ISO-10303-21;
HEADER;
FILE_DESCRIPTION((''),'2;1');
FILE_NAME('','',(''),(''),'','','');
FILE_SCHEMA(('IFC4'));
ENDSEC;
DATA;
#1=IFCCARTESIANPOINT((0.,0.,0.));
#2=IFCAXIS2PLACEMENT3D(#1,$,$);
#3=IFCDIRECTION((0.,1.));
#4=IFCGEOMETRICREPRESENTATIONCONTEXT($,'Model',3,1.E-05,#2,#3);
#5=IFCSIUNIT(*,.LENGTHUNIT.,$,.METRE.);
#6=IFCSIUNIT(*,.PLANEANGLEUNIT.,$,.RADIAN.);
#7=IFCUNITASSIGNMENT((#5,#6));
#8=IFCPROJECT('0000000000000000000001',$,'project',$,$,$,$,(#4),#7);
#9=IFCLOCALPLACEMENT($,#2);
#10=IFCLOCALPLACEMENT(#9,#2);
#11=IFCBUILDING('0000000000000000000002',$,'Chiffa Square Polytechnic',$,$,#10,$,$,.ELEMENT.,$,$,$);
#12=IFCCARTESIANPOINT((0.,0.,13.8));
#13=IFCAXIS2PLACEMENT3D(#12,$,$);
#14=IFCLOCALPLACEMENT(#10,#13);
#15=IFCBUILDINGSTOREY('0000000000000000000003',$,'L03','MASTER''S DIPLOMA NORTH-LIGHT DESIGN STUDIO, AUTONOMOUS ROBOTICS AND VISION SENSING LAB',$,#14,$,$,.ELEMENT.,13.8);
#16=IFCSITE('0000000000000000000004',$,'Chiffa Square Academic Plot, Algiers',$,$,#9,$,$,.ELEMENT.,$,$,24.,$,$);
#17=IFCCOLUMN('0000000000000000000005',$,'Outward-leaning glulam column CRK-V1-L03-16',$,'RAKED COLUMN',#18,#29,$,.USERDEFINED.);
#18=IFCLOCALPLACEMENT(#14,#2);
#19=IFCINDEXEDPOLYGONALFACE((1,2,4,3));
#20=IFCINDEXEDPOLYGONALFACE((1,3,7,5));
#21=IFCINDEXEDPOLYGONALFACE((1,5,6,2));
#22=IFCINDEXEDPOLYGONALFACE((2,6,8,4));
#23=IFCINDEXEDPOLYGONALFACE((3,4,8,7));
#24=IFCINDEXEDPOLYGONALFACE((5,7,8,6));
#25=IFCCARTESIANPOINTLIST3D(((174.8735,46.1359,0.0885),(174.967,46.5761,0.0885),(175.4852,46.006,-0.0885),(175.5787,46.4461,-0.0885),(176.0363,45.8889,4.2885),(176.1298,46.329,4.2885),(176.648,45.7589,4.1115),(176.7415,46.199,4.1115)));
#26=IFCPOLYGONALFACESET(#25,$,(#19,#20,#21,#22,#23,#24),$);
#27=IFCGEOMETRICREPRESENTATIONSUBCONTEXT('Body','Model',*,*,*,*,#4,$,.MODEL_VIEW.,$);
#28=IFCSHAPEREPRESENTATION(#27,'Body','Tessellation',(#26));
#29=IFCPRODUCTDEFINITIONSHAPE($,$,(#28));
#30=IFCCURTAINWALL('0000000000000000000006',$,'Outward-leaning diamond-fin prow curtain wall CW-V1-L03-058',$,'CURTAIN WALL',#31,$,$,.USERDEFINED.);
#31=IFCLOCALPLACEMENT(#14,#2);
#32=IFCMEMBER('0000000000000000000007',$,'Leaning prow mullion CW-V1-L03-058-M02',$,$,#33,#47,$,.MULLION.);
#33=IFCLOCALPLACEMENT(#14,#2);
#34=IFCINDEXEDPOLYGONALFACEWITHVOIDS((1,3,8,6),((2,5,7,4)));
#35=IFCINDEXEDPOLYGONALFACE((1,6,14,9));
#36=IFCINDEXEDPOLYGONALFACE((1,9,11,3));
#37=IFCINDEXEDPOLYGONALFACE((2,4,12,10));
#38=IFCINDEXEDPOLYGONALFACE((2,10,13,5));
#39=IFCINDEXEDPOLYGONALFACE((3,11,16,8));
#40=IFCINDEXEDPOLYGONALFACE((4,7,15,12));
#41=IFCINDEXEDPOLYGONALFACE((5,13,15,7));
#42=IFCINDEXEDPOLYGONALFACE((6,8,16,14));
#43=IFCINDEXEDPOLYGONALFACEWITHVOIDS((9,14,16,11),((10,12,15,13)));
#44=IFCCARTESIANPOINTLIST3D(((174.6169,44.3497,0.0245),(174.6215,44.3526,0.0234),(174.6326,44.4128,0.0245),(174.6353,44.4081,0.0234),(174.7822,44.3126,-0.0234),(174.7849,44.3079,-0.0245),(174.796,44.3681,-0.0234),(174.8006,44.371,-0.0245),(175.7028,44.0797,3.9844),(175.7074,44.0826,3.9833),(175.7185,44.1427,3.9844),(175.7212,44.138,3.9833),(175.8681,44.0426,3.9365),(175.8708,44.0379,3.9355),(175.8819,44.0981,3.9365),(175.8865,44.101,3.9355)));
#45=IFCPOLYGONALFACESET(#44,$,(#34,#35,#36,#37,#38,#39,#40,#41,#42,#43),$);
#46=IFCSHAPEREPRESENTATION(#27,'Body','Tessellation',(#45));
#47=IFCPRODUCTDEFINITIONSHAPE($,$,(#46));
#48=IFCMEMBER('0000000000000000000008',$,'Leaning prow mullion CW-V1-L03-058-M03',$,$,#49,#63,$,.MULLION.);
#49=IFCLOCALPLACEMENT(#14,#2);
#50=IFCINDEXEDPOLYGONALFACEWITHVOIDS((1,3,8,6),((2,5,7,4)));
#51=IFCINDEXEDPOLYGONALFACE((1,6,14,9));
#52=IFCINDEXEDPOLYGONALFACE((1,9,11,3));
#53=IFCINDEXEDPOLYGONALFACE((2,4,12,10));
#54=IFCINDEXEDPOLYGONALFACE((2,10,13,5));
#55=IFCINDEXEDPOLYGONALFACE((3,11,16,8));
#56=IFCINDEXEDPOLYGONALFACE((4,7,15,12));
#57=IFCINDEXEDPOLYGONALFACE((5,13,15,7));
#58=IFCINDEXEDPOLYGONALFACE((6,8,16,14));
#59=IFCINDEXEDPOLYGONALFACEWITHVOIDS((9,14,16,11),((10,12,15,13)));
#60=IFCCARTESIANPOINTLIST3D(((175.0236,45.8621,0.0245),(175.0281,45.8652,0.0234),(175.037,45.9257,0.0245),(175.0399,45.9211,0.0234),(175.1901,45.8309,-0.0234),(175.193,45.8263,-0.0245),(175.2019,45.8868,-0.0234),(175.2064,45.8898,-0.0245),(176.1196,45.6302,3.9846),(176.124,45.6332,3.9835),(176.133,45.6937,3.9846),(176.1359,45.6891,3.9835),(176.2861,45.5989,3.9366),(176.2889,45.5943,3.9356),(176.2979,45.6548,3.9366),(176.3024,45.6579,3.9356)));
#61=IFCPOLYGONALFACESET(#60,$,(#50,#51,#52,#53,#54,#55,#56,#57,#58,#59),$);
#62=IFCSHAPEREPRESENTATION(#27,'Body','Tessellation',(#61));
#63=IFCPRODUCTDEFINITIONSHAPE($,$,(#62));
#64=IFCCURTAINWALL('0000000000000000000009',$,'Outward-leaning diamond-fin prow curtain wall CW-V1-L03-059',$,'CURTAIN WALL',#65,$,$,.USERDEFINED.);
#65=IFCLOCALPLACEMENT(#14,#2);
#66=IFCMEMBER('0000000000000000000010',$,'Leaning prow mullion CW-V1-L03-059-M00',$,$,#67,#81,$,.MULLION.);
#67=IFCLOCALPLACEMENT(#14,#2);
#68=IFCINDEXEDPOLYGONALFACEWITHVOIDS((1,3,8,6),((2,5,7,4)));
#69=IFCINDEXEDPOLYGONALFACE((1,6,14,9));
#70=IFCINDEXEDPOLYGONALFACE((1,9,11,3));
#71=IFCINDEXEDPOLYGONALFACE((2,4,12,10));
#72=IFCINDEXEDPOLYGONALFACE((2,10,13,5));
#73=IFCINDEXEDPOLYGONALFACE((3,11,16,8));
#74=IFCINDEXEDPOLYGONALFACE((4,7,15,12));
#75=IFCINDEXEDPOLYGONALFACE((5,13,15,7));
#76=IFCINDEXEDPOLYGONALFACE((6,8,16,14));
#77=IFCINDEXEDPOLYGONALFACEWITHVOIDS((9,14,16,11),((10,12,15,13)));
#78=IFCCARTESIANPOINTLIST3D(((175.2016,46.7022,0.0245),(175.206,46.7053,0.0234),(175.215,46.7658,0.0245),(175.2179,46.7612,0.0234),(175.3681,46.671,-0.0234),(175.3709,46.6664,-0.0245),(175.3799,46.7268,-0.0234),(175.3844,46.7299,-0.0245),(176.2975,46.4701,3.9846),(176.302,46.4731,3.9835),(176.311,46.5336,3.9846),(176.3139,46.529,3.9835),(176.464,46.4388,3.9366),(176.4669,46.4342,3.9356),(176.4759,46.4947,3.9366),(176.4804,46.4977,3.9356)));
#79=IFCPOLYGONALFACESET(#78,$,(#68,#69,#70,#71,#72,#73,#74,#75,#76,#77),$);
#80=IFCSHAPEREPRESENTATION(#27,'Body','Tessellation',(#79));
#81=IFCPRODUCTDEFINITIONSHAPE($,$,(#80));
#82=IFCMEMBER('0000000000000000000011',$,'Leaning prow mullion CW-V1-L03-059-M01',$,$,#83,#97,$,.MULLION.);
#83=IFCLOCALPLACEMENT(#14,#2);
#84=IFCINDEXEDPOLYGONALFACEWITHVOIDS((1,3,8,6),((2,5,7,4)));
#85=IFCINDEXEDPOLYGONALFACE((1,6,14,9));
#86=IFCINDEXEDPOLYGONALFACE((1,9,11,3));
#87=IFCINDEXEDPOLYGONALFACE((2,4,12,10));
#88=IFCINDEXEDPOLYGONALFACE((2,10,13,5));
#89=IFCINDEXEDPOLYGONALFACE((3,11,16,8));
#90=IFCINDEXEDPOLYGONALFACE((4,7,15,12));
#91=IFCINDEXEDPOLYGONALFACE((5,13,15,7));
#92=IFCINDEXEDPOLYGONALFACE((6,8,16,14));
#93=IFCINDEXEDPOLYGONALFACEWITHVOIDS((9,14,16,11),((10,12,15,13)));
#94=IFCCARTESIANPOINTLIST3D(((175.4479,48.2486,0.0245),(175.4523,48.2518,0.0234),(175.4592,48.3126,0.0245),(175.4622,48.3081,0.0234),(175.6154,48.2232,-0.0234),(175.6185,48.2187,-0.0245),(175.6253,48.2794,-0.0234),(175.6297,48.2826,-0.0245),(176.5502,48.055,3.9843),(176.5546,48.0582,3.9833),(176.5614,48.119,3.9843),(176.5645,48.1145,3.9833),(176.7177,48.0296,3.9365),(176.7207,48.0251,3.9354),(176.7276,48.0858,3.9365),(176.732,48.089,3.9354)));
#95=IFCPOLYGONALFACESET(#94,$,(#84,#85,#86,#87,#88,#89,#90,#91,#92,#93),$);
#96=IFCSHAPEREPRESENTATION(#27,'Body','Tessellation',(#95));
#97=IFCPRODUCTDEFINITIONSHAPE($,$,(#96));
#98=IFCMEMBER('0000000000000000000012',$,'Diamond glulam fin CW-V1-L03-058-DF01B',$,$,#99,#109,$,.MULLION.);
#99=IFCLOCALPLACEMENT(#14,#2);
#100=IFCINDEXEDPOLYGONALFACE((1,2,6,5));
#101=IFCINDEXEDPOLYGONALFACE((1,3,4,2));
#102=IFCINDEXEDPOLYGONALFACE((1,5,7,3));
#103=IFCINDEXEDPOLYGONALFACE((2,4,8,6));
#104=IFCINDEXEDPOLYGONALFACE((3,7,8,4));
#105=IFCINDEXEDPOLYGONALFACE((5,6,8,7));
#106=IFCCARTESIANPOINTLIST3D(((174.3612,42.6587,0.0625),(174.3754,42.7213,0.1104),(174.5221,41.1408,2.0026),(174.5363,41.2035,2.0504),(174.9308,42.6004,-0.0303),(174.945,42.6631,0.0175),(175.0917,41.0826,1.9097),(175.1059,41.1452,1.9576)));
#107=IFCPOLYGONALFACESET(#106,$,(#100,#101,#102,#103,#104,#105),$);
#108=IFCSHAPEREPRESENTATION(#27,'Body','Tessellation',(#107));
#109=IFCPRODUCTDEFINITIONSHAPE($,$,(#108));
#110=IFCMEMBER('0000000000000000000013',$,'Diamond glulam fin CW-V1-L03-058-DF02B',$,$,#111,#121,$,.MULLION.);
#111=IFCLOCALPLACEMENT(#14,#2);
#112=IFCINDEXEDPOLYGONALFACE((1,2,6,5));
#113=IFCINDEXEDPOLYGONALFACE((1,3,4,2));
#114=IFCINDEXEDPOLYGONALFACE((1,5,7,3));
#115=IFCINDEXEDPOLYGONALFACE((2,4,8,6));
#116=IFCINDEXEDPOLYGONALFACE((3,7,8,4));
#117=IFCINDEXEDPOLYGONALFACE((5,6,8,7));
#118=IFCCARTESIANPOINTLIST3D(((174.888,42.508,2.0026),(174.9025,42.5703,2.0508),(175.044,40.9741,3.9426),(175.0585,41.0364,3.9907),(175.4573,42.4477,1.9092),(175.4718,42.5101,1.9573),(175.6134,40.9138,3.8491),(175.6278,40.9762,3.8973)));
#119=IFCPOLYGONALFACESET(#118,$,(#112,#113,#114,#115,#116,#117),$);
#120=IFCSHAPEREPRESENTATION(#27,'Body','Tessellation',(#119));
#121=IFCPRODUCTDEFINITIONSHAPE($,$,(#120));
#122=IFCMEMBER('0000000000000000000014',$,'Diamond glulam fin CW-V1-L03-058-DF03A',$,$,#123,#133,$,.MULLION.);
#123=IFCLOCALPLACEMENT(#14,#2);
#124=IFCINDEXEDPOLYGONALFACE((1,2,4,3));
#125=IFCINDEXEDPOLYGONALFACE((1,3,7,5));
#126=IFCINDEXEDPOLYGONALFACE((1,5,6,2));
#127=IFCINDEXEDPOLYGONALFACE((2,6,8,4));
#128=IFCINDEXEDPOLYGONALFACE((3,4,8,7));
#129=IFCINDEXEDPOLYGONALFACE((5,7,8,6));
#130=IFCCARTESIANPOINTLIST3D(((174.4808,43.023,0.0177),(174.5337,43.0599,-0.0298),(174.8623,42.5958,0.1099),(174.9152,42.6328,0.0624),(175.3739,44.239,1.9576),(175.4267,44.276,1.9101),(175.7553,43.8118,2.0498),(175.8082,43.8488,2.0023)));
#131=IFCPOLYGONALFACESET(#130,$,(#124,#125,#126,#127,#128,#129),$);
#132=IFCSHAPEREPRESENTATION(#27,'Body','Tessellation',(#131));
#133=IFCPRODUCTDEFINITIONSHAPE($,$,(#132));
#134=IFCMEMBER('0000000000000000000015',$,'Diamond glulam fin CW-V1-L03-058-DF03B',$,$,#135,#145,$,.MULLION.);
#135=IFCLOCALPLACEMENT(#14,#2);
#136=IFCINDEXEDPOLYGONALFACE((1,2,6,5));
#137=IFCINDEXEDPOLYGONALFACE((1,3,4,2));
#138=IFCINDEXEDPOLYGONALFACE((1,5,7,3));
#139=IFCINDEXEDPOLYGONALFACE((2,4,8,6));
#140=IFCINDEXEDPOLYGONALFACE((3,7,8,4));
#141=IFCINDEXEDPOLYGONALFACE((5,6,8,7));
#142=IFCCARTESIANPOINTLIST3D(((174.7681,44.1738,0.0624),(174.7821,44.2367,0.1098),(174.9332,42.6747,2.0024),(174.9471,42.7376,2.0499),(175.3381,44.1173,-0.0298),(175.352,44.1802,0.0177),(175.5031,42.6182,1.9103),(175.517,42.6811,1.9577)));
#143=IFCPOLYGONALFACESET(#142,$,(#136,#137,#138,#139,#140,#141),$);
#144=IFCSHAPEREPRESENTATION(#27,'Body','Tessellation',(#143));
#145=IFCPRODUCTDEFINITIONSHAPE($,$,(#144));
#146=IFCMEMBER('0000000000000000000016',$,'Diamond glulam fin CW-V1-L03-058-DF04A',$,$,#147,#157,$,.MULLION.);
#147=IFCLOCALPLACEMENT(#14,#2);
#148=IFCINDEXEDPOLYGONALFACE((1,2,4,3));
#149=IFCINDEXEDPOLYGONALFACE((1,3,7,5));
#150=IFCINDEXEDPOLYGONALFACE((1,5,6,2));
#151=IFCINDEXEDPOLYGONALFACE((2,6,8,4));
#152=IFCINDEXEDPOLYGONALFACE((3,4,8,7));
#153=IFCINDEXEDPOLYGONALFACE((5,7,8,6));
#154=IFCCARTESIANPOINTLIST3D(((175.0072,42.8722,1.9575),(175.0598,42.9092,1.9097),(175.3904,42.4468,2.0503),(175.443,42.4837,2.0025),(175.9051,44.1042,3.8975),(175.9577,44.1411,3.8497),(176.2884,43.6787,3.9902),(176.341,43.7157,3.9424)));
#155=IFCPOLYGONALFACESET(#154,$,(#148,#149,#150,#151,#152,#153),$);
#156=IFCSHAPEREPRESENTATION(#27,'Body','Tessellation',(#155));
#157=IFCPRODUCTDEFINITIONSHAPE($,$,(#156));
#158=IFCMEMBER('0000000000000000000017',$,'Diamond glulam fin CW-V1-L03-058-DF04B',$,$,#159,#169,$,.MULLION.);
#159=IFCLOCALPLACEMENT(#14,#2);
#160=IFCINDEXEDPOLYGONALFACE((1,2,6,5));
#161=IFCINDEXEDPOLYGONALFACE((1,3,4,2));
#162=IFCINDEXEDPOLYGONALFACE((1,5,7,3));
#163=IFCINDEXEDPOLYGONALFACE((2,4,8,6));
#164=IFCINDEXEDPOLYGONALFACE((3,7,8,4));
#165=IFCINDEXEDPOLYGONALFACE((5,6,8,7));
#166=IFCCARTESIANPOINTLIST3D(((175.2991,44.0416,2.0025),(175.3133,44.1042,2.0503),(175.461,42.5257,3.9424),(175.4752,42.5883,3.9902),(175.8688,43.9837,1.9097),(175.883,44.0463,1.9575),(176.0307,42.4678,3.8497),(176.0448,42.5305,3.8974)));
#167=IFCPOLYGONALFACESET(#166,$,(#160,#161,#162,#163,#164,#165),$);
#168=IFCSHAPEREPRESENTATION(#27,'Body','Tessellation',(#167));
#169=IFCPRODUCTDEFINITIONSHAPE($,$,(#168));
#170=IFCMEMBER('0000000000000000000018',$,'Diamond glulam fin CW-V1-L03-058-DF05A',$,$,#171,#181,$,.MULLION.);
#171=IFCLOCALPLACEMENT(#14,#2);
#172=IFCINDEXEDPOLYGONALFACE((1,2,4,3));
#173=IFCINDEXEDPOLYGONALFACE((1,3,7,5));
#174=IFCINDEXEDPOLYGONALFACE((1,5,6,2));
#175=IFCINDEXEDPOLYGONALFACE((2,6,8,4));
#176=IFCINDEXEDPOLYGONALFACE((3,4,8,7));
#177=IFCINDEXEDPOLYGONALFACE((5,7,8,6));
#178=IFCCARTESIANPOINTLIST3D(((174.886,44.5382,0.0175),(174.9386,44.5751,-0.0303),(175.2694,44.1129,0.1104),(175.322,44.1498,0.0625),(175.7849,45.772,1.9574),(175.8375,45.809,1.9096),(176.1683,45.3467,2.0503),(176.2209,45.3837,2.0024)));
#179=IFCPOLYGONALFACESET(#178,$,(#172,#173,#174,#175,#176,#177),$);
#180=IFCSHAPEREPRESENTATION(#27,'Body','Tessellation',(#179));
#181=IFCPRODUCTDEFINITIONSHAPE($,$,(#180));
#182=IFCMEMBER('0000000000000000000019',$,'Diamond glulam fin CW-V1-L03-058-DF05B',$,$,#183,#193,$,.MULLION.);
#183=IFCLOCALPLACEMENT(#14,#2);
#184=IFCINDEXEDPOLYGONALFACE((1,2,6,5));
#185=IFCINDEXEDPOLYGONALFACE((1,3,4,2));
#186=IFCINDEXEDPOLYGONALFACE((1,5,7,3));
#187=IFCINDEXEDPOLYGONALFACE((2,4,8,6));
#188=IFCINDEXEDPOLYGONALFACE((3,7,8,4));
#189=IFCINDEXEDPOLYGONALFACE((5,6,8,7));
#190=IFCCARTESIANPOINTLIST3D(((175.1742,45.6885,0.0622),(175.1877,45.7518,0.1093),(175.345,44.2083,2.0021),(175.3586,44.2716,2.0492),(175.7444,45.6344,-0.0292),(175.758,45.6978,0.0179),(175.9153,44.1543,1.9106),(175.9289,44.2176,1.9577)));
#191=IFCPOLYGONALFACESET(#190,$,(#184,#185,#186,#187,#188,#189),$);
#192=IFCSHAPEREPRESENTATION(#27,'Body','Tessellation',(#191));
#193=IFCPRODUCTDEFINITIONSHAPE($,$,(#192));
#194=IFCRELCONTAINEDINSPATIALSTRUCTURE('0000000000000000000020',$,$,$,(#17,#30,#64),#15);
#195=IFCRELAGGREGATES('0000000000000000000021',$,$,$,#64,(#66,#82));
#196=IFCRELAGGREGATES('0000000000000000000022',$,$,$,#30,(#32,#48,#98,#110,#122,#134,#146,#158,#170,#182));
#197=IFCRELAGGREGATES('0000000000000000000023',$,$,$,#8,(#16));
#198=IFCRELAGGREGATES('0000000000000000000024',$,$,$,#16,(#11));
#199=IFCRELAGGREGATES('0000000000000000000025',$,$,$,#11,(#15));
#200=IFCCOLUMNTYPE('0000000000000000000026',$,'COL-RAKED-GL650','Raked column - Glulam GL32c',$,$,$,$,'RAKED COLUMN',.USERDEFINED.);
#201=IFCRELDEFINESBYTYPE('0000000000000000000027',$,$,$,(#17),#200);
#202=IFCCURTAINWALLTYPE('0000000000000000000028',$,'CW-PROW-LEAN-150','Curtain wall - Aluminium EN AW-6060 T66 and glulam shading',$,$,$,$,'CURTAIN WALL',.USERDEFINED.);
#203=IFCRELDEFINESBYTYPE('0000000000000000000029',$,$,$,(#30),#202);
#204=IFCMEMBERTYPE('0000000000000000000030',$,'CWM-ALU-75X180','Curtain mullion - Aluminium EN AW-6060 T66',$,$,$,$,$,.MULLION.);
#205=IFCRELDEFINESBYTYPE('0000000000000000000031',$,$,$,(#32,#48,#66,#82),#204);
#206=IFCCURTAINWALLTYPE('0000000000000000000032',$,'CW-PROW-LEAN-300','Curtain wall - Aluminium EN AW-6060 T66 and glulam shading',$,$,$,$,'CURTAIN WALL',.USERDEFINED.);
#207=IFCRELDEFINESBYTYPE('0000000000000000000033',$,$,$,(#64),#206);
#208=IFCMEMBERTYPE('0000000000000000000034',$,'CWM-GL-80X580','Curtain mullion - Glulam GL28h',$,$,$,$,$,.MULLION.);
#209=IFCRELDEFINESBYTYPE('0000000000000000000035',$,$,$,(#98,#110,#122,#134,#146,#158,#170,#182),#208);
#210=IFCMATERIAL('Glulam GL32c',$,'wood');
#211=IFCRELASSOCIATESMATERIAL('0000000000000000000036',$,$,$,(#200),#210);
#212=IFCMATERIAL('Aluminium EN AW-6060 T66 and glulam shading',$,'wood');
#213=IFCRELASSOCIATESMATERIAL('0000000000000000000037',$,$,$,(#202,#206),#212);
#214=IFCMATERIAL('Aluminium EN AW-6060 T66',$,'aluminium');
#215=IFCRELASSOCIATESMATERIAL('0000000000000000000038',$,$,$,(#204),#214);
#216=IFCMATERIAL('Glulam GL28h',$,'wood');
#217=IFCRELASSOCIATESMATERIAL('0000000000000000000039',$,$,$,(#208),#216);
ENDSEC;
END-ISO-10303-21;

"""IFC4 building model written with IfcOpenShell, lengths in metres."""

from ifc_helpers import new_model, si_unit, direction, frame, origin, origin_2d, place, context, subcontext, project, spatial, rectangle, hollow_rectangle, extrude, material, material_profile, profile_set, type_object, element, aggregate, save


model = new_model("IFC4")

# Units and contexts
model_context = context("Model", 3, precision=1e-05, world=origin(), true_north=direction((0.0, 1.0)))
body_context = subcontext(model_context, "Body", "Model", "MODEL_VIEW")
ifc_project = project(units=[si_unit("LENGTHUNIT", "METRE"), si_unit("PLANEANGLEUNIT", "RADIAN")], contexts=[model_context])

# Site, building, storey
site_placement = place(None, origin())
site = spatial("IfcSite", under=ifc_project, at=site_placement, Name="Chiffa Square Academic Plot, Algiers", CompositionType="ELEMENT", RefElevation=24.0)
building_placement = place(site_placement, origin())
building = spatial("IfcBuilding", under=site, at=building_placement, Name="Chiffa Square Polytechnic", CompositionType="ELEMENT")
storey_placement = place(building_placement, frame((0.0, 0.0, 13.8)))
storey = spatial("IfcBuildingStorey", under=building, at=storey_placement, Name="L03", Description="MASTER'S DIPLOMA NORTH-LIGHT DESIGN STUDIO, AUTONOMOUS ROBOTICS AND VISION SENSING LAB", CompositionType="ELEMENT", Elevation=13.8)

# Column
ifc_material_1 = material(Name="Glulam GL32c", Category="wood")
ifc_material_profile_1 = material_profile(ifc_material_1, rectangle(XDim=0.45, YDim=0.6499, at=origin_2d()), Name="GL32c 450x650")
ifc_profile_set_1 = profile_set([ifc_material_profile_1], Name="Glulam GL32c")
column_type = type_object("IfcColumnType", Name="COL-RAKED-GL650", Description="Raked column - Glulam GL32c", ElementType="RAKED COLUMN", PredefinedType="USERDEFINED", material=ifc_profile_set_1)
column_placement = place(storey_placement, frame((175.2261, 46.291, 0.0), z_axis=(0.266404, -0.056603, 0.962198), x_axis=(0.207832, 0.978165, 0.0)))
element("IfcColumn", 1, at=column_placement, inside=storey, type_object=column_type, Name="Outward-leaning glulam column CRK-V1-L03-16", ObjectType="RAKED COLUMN", PredefinedType="USERDEFINED", context=body_context, shape_type="SweptSolid", body=[
    extrude(rectangle(XDim=0.45, YDim=0.6499, at=origin_2d()), origin(), (0.0, 0.0, 1.0), 4.365),
])

# Curtain walls, members
ifc_material_2 = material(Name="Aluminium EN AW-6060 T66 and glulam shading", Category="wood")
curtain_wall_type_1 = type_object("IfcCurtainWallType", Name="CW-PROW-LEAN-150", Description="Curtain wall - Aluminium EN AW-6060 T66 and glulam shading", ElementType="CURTAIN WALL", PredefinedType="USERDEFINED", material=ifc_material_2)
curtain_wall_1_placement = place(storey_placement, origin())
curtain_wall_1 = element("IfcCurtainWall", 2, at=curtain_wall_1_placement, inside=storey, type_object=curtain_wall_type_1, Name="Outward-leaning diamond-fin prow curtain wall CW-V1-L03-058", ObjectType="CURTAIN WALL", PredefinedType="USERDEFINED")
ifc_material_3 = material(Name="Aluminium EN AW-6060 T66", Category="aluminium")
ifc_material_profile_2 = material_profile(ifc_material_3, hollow_rectangle(XDim=0.0649, YDim=0.1799, WallThickness=0.0039, at=origin_2d()), Name="ALU 65x180x4")
ifc_profile_set_2 = profile_set([ifc_material_profile_2], Name="Aluminium EN AW-6060 T66")
member_type_1 = type_object("IfcMemberType", Name="CWM-ALU-75X180", Description="Curtain mullion - Aluminium EN AW-6060 T66", PredefinedType="MULLION", material=ifc_profile_set_2)
member_1_placement = place(storey_placement, frame((174.7087, 44.3604, 0.0), z_axis=(0.263895, -0.065618, 0.962317), x_axis=(0.241303, 0.97045, 0.0)))
member_1 = element("IfcMember", 3, at=member_1_placement, type_object=member_type_1, Name="Leaning prow mullion CW-V1-L03-058-M02", PredefinedType="MULLION", context=body_context, shape_type="SweptSolid", body=[
    extrude(hollow_rectangle(XDim=0.0649, YDim=0.1799, WallThickness=0.0039, at=origin_2d()), origin(), (0.0, 0.0, 1.0), 4.115),
])
member_2_placement = place(storey_placement, frame((175.115, 45.876, 0.0), z_axis=(0.266307, -0.056358, 0.962239), x_axis=(0.207043, 0.978332, 0.0)))
member_2 = element("IfcMember", 4, at=member_2_placement, type_object=member_type_1, Name="Leaning prow mullion CW-V1-L03-058-M03", PredefinedType="MULLION", context=body_context, shape_type="SweptSolid", body=[
    extrude(hollow_rectangle(XDim=0.0649, YDim=0.1799, WallThickness=0.0039, at=origin_2d()), origin(), (0.0, 0.0, 1.0), 4.1155),
])
curtain_wall_type_2 = type_object("IfcCurtainWallType", Name="CW-PROW-LEAN-300", Description="Curtain wall - Aluminium EN AW-6060 T66 and glulam shading", ElementType="CURTAIN WALL", PredefinedType="USERDEFINED", material=ifc_material_2)
curtain_wall_2_placement = place(storey_placement, origin())
curtain_wall_2 = element("IfcCurtainWall", 5, at=curtain_wall_2_placement, inside=storey, type_object=curtain_wall_type_2, Name="Outward-leaning diamond-fin prow curtain wall CW-V1-L03-059", ObjectType="CURTAIN WALL", PredefinedType="USERDEFINED")
member_3_placement = place(storey_placement, frame((175.293, 46.7161, 0.0), z_axis=(0.266306, -0.056417, 0.962236), x_axis=(0.207251, 0.978288, 0.0)))
member_3 = element("IfcMember", 6, at=member_3_placement, type_object=member_type_1, Name="Leaning prow mullion CW-V1-L03-059-M00", PredefinedType="MULLION", context=body_context, shape_type="SweptSolid", body=[
    extrude(hollow_rectangle(XDim=0.0649, YDim=0.1799, WallThickness=0.0039, at=origin_2d()), origin(), (0.0, 0.0, 1.0), 4.1155),
])
member_4_placement = place(storey_placement, frame((175.5388, 48.2656, 0.0), z_axis=(0.267868, -0.047047, 0.962306), x_axis=(0.172989, 0.984924, 0.0)))
member_4 = element("IfcMember", 7, at=member_4_placement, type_object=member_type_1, Name="Leaning prow mullion CW-V1-L03-059-M01", PredefinedType="MULLION", context=body_context, shape_type="SweptSolid", body=[
    extrude(hollow_rectangle(XDim=0.0649, YDim=0.1799, WallThickness=0.0039, at=origin_2d()), origin(), (0.0, 0.0, 1.0), 4.115),
])

# Members
ifc_material_4 = material(Name="Glulam GL28h", Category="wood")
ifc_material_profile_3 = material_profile(ifc_material_4, rectangle(XDim=0.0801, YDim=0.5801, at=origin_2d()), Name="GL28h 80x580")
ifc_profile_set_3 = profile_set([ifc_material_profile_3], Name="Glulam GL28h")
member_type_2 = type_object("IfcMemberType", Name="CWM-GL-80X580", Description="Curtain mullion - Glulam GL28h", PredefinedType="MULLION", material=ifc_profile_set_3)
member_5_placement = place(storey_placement, frame((174.6531, 42.6609, 0.04), z_axis=(0.065179, -0.614899, 0.785908), x_axis=(0.177358, 0.782181, 0.597274)))
member_5 = element("IfcMember", 8, at=member_5_placement, type_object=member_type_2, Name="Diamond glulam fin CW-V1-L03-058-DF01B", PredefinedType="MULLION", context=body_context, shape_type="SweptSolid", body=[
    extrude(rectangle(XDim=0.0801, YDim=0.5801, at=origin_2d()), origin(), (0.0, 0.0, 1.0), 2.4685),
])
member_6_placement = place(storey_placement, frame((175.1799, 42.509, 1.98), z_axis=(0.062955, -0.619012, 0.782854), x_axis=(0.18098, 0.778486, 0.601004)))
member_6 = element("IfcMember", 9, at=member_6_placement, type_object=member_type_2, Name="Diamond glulam fin CW-V1-L03-058-DF02B", PredefinedType="MULLION", context=body_context, shape_type="SweptSolid", body=[
    extrude(rectangle(XDim=0.0801, YDim=0.5801, at=origin_2d()), origin(), (0.0, 0.0, 1.0), 2.478),
])
member_7_placement = place(storey_placement, frame((174.698, 42.8279, 0.04), z_axis=(0.363391, 0.49482, 0.789367), x_axis=(-0.659927, -0.46135, 0.593003)))
member_7 = element("IfcMember", 10, at=member_7_placement, type_object=member_type_2, Name="Diamond glulam fin CW-V1-L03-058-DF03A", PredefinedType="MULLION", context=body_context, shape_type="SweptSolid", body=[
    extrude(rectangle(XDim=0.0801, YDim=0.5801, at=origin_2d()), origin(), (0.0, 0.0, 1.0), 2.4575),
])
member_8_placement = place(storey_placement, frame((175.0601, 44.177, 0.04), z_axis=(0.067166, -0.610061, 0.789502), x_axis=(0.173808, 0.786345, 0.592834)))
member_8 = element("IfcMember", 11, at=member_8_placement, type_object=member_type_2, Name="Diamond glulam fin CW-V1-L03-058-DF03B", PredefinedType="MULLION", context=body_context, shape_type="SweptSolid", body=[
    extrude(rectangle(XDim=0.0801, YDim=0.5801, at=origin_2d()), origin(), (0.0, 0.0, 1.0), 2.4573),
])
member_9_placement = place(storey_placement, frame((175.2251, 42.678, 1.98), z_axis=(0.363947, 0.499314, 0.786275), x_axis=(-0.656512, -0.461296, 0.596823)))
member_9 = element("IfcMember", 12, at=member_9_placement, type_object=member_type_2, Name="Diamond glulam fin CW-V1-L03-058-DF04A", PredefinedType="MULLION", context=body_context, shape_type="SweptSolid", body=[
    extrude(rectangle(XDim=0.0801, YDim=0.5801, at=origin_2d()), origin(), (0.0, 0.0, 1.0), 2.4673),
])
member_10_placement = place(storey_placement, frame((175.5911, 44.0439, 1.98), z_axis=(0.065605, -0.614391, 0.78627), x_axis=(0.176717, 0.782666, 0.59683)))
member_10 = element("IfcMember", 13, at=member_10_placement, type_object=member_type_2, Name="Diamond glulam fin CW-V1-L03-058-DF04B", PredefinedType="MULLION", context=body_context, shape_type="SweptSolid", body=[
    extrude(rectangle(XDim=0.0801, YDim=0.5801, at=origin_2d()), origin(), (0.0, 0.0, 1.0), 2.4673),
])
member_11_placement = place(storey_placement, frame((175.104, 44.344, 0.04), z_axis=(0.364146, 0.499835, 0.785851), x_axis=(-0.656162, -0.461121, 0.597344)))
member_11 = element("IfcMember", 14, at=member_11_placement, type_object=member_type_2, Name="Diamond glulam fin CW-V1-L03-058-DF05A", PredefinedType="MULLION", context=body_context, shape_type="SweptSolid", body=[
    extrude(rectangle(XDim=0.0801, YDim=0.5801, at=origin_2d()), origin(), (0.0, 0.0, 1.0), 2.4685),
])
member_12_placement = place(storey_placement, frame((175.4661, 45.6931, 0.04), z_axis=(0.069864, -0.605125, 0.793059), x_axis=(0.169252, 0.790666, 0.588388)))
member_12 = element("IfcMember", 15, at=member_12_placement, type_object=member_type_2, Name="Diamond glulam fin CW-V1-L03-058-DF05B", PredefinedType="MULLION", context=body_context, shape_type="SweptSolid", body=[
    extrude(rectangle(XDim=0.0801, YDim=0.5801, at=origin_2d()), origin(), (0.0, 0.0, 1.0), 2.446),
])

aggregate(curtain_wall_2, [member_3, member_4])
aggregate(curtain_wall_1, [member_1, member_2, member_5, member_6, member_7, member_8, member_9, member_10, member_11, member_12])

save(model, "model.ifc")
